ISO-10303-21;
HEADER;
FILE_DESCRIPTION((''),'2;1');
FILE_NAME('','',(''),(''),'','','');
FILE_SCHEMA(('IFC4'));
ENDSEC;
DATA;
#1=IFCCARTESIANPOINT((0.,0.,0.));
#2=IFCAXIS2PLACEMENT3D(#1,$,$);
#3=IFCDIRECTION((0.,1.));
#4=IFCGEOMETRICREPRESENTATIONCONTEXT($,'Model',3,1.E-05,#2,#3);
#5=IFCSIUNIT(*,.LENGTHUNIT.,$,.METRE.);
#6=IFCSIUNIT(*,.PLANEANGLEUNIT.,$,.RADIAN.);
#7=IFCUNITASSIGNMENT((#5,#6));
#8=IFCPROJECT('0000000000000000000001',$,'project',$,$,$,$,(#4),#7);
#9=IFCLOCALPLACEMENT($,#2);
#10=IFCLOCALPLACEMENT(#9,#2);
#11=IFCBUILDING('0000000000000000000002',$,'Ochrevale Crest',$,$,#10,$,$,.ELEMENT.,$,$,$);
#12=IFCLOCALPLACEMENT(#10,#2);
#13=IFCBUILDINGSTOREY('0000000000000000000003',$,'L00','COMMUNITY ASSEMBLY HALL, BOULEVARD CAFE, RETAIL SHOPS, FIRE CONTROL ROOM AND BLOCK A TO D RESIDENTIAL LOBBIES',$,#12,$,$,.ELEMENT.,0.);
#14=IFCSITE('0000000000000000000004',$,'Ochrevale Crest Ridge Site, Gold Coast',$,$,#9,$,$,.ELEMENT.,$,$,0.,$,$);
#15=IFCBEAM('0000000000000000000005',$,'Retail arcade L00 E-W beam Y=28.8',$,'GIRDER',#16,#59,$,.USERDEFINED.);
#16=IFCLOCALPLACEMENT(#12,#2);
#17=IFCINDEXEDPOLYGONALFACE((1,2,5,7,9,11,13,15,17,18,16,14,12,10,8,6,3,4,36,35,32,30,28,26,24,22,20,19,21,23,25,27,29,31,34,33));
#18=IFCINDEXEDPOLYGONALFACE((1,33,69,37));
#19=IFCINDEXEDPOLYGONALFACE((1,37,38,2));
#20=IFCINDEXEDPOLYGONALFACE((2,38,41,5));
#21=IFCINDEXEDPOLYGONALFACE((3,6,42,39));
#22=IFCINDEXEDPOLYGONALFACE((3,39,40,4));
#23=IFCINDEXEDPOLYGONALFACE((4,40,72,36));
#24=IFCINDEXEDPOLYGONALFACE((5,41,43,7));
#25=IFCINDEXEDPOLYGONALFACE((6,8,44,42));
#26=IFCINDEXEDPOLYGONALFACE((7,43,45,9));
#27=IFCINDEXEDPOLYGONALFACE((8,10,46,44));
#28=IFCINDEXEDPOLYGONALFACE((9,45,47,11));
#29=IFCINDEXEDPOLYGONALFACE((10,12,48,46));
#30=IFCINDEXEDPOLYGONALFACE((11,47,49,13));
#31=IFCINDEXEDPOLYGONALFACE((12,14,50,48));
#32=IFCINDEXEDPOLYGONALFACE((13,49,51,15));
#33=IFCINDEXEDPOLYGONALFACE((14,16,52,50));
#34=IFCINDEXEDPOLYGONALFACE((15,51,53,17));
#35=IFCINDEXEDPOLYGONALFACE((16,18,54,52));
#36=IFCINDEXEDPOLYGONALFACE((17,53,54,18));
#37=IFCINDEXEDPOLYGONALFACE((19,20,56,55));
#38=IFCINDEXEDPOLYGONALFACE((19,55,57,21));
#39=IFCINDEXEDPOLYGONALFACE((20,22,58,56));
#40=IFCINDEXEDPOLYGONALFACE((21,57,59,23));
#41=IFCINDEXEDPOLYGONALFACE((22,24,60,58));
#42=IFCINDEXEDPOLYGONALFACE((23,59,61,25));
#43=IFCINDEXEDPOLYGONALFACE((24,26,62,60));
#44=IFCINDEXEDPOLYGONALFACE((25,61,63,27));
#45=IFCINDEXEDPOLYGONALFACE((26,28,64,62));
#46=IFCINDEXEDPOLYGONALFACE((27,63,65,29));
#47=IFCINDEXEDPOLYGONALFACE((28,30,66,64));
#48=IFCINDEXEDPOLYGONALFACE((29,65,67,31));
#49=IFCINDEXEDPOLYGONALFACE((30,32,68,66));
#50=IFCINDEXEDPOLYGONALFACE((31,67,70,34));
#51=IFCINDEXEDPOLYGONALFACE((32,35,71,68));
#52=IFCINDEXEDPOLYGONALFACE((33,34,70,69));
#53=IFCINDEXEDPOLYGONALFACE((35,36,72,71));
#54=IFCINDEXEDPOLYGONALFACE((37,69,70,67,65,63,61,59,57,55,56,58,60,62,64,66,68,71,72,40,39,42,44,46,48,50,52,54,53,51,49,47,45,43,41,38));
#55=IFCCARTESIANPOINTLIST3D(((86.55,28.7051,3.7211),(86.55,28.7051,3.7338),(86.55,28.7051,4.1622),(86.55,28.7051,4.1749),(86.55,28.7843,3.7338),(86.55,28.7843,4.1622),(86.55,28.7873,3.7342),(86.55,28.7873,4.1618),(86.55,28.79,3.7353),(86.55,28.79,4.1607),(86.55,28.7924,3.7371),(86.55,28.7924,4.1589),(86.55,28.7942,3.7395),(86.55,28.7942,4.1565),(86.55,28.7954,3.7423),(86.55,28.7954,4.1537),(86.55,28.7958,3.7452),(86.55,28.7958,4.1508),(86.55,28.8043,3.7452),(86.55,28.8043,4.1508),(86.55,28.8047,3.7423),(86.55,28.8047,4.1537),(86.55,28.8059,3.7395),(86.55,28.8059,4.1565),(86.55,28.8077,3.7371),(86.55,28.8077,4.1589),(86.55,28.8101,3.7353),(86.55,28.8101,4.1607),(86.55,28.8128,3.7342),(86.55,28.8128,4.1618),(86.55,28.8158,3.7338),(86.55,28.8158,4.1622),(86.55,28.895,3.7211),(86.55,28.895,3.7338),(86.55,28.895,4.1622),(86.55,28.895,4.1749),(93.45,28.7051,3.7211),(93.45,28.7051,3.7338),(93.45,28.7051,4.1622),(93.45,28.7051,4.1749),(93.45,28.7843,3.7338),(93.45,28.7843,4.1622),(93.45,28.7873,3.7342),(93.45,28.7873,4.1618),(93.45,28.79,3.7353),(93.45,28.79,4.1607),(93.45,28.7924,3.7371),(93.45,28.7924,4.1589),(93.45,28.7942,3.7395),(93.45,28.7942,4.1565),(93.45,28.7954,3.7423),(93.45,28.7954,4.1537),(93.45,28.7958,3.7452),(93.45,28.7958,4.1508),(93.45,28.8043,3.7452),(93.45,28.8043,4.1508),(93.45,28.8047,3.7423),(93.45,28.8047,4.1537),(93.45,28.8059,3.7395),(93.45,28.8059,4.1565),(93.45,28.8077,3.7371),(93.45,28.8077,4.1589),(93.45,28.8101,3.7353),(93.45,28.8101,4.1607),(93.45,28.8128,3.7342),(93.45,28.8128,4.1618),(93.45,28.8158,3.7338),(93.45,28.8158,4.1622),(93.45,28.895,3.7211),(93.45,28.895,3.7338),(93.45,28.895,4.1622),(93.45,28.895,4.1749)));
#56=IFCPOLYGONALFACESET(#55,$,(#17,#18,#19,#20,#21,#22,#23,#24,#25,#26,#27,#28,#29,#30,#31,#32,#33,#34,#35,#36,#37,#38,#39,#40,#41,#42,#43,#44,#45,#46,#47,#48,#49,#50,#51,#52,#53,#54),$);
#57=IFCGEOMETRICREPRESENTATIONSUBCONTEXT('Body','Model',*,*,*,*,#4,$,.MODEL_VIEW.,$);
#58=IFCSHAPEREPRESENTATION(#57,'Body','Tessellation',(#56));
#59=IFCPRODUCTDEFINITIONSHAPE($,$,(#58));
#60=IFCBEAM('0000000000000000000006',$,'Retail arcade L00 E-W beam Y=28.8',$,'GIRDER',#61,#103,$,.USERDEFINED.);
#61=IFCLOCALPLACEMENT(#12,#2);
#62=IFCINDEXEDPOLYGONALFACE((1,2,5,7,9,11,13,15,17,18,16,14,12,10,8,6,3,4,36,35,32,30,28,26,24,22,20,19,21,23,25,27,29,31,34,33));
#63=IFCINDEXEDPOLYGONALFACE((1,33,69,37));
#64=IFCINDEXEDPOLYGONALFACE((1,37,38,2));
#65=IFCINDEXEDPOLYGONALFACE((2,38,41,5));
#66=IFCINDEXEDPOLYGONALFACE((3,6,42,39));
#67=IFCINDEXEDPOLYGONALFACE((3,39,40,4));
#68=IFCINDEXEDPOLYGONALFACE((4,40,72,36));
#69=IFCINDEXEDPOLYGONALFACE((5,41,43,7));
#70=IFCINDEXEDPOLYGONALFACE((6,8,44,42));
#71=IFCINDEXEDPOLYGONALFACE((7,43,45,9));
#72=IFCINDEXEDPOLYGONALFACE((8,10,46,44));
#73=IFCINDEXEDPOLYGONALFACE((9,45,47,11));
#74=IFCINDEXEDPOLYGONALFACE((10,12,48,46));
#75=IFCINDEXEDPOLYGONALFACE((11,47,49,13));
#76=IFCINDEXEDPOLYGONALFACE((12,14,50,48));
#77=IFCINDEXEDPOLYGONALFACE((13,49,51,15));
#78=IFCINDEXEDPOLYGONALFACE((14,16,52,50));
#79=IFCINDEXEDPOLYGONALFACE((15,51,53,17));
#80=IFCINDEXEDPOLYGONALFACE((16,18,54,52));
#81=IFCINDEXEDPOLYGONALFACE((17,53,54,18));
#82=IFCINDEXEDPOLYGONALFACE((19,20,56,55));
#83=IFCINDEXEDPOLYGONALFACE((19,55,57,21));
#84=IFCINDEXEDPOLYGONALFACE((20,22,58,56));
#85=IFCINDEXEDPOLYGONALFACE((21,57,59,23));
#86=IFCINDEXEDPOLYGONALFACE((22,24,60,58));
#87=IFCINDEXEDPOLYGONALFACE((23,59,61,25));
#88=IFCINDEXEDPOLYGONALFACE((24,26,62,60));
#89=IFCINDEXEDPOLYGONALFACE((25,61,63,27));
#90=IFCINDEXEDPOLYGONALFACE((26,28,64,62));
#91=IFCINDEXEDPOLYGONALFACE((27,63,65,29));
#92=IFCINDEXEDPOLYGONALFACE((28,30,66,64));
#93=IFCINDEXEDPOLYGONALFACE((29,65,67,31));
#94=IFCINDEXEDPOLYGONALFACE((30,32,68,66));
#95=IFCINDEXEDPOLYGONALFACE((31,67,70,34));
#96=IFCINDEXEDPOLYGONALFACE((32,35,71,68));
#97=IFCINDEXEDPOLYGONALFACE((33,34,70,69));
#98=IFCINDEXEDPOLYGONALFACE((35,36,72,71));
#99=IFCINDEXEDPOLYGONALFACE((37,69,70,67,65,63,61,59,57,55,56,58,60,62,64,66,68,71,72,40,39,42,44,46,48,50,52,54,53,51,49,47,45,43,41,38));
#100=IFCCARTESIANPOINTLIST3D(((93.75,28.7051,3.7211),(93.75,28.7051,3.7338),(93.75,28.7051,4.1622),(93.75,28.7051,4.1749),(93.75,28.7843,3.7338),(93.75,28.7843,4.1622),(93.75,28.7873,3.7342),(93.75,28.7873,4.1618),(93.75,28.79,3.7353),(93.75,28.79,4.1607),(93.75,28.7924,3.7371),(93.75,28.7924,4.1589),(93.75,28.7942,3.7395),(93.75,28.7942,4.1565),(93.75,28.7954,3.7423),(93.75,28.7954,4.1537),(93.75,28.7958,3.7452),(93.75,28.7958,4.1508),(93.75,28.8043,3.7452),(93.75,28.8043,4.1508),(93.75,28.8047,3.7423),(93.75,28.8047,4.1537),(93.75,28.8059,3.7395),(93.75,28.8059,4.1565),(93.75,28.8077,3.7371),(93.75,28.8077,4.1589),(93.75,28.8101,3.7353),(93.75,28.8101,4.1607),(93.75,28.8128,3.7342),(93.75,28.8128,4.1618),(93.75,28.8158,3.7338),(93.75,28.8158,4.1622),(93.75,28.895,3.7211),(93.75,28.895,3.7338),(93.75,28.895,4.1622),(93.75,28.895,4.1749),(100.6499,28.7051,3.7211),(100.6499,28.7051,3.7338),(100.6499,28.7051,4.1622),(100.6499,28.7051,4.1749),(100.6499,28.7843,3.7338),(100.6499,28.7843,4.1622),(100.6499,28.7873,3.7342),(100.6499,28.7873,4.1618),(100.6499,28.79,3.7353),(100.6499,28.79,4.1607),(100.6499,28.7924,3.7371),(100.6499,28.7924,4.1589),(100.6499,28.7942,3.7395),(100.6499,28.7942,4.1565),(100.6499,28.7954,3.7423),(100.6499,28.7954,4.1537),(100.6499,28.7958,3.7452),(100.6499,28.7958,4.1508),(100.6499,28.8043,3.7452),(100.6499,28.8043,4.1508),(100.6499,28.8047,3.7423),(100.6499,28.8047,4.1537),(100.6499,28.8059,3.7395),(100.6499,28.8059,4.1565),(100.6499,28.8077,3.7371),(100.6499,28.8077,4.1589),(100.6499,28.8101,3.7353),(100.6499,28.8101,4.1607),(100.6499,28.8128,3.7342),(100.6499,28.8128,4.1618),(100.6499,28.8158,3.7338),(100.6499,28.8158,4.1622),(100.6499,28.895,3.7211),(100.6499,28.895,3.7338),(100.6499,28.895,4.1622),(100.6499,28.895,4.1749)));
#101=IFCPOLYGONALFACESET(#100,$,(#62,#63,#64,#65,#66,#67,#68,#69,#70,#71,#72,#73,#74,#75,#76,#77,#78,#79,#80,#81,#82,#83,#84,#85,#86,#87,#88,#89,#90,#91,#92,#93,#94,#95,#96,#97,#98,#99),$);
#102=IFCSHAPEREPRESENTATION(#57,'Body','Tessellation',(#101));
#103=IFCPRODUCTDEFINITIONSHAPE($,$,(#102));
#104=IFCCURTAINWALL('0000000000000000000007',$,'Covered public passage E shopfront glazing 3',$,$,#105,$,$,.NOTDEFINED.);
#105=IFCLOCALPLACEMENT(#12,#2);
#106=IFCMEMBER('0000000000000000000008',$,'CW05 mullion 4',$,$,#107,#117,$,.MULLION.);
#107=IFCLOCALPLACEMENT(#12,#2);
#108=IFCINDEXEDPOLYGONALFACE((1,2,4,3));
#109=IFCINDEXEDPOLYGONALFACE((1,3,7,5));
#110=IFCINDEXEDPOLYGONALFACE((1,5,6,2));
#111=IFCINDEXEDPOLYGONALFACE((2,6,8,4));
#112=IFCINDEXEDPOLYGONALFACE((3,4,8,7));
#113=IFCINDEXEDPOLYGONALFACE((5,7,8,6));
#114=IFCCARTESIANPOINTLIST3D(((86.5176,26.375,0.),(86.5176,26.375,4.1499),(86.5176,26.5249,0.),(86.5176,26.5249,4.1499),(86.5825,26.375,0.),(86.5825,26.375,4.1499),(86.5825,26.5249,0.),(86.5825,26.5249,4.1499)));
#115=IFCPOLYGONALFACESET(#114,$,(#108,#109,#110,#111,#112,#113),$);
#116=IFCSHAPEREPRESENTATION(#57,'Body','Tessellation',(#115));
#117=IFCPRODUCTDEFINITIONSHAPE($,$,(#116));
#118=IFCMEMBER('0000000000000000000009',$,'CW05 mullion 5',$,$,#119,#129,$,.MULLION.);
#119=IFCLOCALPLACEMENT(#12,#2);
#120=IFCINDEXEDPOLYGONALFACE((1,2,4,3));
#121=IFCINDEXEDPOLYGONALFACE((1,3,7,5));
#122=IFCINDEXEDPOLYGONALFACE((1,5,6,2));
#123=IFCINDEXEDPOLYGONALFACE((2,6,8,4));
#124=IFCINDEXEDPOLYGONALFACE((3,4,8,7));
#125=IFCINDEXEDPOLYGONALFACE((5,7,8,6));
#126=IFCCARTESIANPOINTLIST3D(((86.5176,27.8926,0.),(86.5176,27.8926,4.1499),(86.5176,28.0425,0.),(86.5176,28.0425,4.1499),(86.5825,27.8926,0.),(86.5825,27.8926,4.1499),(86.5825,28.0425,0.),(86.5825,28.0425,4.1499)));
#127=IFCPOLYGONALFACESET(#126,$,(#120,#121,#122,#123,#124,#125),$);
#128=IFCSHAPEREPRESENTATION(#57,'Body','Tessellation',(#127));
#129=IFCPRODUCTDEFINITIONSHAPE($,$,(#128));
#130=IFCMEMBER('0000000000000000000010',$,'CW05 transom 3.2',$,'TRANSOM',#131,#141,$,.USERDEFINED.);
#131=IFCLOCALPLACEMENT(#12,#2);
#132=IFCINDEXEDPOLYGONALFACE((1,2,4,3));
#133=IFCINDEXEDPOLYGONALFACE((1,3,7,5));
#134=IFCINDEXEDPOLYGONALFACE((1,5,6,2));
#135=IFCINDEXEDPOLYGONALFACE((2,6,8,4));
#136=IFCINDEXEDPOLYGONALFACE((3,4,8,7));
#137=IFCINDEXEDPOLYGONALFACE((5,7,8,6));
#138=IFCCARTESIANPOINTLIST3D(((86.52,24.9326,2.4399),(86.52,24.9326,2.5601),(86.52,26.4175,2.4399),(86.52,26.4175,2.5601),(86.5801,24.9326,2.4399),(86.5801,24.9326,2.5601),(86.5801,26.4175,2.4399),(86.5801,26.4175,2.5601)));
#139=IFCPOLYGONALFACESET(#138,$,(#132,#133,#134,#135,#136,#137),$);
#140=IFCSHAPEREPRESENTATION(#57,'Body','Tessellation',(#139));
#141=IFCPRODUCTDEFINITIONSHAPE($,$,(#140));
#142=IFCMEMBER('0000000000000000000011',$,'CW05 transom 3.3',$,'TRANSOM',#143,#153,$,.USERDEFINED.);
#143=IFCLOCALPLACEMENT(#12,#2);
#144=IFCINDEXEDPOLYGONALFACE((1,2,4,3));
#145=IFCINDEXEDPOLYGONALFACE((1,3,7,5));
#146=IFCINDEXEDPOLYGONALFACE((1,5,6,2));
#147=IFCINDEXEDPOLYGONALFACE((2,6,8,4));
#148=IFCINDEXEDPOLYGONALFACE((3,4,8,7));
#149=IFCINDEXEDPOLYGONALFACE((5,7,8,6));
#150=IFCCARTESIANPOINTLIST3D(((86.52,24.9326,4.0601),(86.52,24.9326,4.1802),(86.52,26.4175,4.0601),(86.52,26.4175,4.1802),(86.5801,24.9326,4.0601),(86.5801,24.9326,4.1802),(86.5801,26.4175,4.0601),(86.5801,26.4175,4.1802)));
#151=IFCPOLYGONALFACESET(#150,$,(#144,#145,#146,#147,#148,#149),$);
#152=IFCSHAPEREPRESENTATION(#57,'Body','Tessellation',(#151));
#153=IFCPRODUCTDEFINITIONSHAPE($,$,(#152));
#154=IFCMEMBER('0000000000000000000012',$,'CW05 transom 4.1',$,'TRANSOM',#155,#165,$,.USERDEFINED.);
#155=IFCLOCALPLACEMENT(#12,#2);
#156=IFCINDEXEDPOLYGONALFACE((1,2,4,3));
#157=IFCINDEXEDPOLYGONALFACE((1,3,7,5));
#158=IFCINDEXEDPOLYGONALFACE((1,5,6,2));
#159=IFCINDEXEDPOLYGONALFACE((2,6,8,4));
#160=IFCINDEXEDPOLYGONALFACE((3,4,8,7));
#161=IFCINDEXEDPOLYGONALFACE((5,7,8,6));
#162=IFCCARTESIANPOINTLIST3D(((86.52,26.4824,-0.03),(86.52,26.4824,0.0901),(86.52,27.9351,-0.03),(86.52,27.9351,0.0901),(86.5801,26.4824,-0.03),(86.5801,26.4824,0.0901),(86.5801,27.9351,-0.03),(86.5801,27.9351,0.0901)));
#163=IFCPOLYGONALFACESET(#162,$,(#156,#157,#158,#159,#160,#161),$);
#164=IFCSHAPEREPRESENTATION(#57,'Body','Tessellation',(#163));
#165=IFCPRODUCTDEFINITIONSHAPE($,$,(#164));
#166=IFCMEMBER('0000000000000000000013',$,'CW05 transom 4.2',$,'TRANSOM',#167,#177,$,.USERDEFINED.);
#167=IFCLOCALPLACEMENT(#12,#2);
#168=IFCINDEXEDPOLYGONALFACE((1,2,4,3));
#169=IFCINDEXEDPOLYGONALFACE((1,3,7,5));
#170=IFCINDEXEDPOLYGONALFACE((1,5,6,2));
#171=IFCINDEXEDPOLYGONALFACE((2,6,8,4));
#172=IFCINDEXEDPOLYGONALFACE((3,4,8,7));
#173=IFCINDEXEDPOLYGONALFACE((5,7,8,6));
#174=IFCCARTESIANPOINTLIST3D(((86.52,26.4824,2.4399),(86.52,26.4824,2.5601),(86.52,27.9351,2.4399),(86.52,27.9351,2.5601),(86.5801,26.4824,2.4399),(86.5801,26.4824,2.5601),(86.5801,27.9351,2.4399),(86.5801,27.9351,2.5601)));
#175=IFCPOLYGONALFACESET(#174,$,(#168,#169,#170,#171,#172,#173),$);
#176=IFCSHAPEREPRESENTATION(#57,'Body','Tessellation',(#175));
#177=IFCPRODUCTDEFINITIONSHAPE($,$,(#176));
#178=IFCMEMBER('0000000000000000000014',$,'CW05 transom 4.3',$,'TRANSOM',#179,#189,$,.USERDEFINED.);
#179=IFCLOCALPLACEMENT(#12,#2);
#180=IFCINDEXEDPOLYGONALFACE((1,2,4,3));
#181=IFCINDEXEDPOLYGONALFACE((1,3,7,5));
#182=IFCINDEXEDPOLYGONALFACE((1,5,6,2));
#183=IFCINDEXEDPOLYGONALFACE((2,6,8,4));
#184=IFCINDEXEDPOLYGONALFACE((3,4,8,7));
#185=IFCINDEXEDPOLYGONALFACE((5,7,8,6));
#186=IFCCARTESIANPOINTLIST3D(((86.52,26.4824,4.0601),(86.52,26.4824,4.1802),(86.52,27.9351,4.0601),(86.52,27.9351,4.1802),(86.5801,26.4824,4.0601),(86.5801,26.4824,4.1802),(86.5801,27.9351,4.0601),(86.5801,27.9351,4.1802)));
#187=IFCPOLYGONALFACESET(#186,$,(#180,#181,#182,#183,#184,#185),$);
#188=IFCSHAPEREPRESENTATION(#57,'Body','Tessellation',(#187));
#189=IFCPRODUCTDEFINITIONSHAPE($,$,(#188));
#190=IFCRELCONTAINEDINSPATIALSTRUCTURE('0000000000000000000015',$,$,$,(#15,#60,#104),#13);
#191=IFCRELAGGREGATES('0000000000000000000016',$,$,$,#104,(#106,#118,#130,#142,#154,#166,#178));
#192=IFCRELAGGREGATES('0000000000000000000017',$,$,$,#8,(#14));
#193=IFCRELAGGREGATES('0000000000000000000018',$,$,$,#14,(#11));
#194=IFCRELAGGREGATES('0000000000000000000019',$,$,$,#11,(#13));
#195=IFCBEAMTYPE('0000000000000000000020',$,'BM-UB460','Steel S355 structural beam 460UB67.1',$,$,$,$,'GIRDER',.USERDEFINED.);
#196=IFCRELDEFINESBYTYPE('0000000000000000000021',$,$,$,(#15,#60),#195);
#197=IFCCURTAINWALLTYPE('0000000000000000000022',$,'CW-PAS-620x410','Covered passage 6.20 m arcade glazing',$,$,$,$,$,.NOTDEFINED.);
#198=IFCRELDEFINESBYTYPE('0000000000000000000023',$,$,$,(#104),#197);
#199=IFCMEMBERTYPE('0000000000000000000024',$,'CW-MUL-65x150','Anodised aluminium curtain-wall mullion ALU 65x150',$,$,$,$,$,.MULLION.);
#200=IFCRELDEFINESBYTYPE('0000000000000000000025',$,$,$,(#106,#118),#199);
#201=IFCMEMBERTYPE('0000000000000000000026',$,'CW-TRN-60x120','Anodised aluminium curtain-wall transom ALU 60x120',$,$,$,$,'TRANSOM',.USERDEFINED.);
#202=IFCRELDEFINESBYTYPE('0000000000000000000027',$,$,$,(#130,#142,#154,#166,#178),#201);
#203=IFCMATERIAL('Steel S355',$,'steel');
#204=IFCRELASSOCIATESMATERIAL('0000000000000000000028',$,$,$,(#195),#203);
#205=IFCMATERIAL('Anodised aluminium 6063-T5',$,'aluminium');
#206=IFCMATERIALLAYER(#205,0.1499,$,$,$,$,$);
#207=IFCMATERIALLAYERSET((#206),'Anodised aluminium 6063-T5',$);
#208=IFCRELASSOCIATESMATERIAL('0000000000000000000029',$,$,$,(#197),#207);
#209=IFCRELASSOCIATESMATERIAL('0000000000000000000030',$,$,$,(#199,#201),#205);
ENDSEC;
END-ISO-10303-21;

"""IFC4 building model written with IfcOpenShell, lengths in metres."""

from ifc_helpers import new_model, si_unit, direction, frame, origin, origin_2d, place, context, subcontext, project, spatial, rectangle, i_section, extrude, material, layer, layer_set, material_profile, profile_set, type_object, element, aggregate, save


model = new_model("IFC4")

# Units and contexts
model_context = context("Model", 3, precision=1e-05, world=origin(), true_north=direction((0.0, 1.0)))
body_context = subcontext(model_context, "Body", "Model", "MODEL_VIEW")
ifc_project = project(units=[si_unit("LENGTHUNIT", "METRE"), si_unit("PLANEANGLEUNIT", "RADIAN")], contexts=[model_context])

# Site, building, storey
site_placement = place(None, origin())
site = spatial("IfcSite", under=ifc_project, at=site_placement, Name="Ochrevale Crest Ridge Site, Gold Coast", CompositionType="ELEMENT", RefElevation=0.0)
building_placement = place(site_placement, origin())
building = spatial("IfcBuilding", under=site, at=building_placement, Name="Ochrevale Crest", CompositionType="ELEMENT")
storey_placement = place(building_placement, origin())
storey = spatial("IfcBuildingStorey", under=building, at=storey_placement, Name="L00", Description="COMMUNITY ASSEMBLY HALL, BOULEVARD CAFE, RETAIL SHOPS, FIRE CONTROL ROOM AND BLOCK A TO D RESIDENTIAL LOBBIES", CompositionType="ELEMENT", Elevation=0.0)

# Shared definitions
ifc_material_1 = material(Name="Steel S355", Category="steel")

# Beams
ifc_material_profile_1 = material_profile(ifc_material_1, i_section(OverallWidth=0.1899, OverallDepth=0.4539, WebThickness=0.0085, FlangeThickness=0.0127, FilletRadius=0.0115, at=origin_2d()), Name="460UB67.1")
ifc_profile_set_1 = profile_set([ifc_material_profile_1], Name="Steel S355")
beam_type_1 = type_object("IfcBeamType", Name="BM-UB460", Description="Steel S355 structural beam 460UB67.1", ElementType="GIRDER", PredefinedType="USERDEFINED", material=ifc_profile_set_1)
for number, where, z_axis, x_axis, name in (
    (1, (86.55, 28.8, 3.948), (1.0, 0.0, 0.0), (0.0, 1.0, 0.0), "Retail arcade L00 E-W beam Y=28.8"),
    (2, (93.75, 28.8, 3.948), (1.0, 0.0, 0.0), (0.0, 1.0, 0.0), "Retail arcade L00 E-W beam Y=28.8"),
):
    element("IfcBeam", number, at=place(storey_placement, frame(where, z_axis=z_axis, x_axis=x_axis)), inside=storey, type_object=beam_type_1, Name=name, ObjectType="GIRDER", PredefinedType="USERDEFINED", context=body_context, shape_type="SweptSolid", body=[
        extrude(i_section(OverallWidth=0.1899, OverallDepth=0.4539, WebThickness=0.0085, FlangeThickness=0.0127, FilletRadius=0.0115, at=origin_2d()), origin(), (0.0, 0.0, 1.0), 6.8999),
    ])

# Curtain wall, members
ifc_material_2 = material(Name="Anodised aluminium 6063-T5", Category="aluminium")
ifc_layer_1 = layer(ifc_material_2, 0.1499)
ifc_layer_set_1 = layer_set([ifc_layer_1], Name="Anodised aluminium 6063-T5")
curtain_wall_type = type_object("IfcCurtainWallType", Name="CW-PAS-620x410", Description="Covered passage 6.20 m arcade glazing", PredefinedType="NOTDEFINED", material=ifc_layer_set_1)
curtain_wall_placement = place(storey_placement, origin())
curtain_wall = element("IfcCurtainWall", 3, at=curtain_wall_placement, inside=storey, type_object=curtain_wall_type, Name="Covered public passage E shopfront glazing 3", PredefinedType="NOTDEFINED")
ifc_material_profile_2 = material_profile(ifc_material_2, rectangle(XDim=0.0649, YDim=0.1499, at=origin_2d()), Name="ALU 65x150")
ifc_profile_set_2 = profile_set([ifc_material_profile_2], Name="Anodised aluminium 6063-T5")
member_type_1 = type_object("IfcMemberType", Name="CW-MUL-65x150", Description="Anodised aluminium curtain-wall mullion ALU 65x150", PredefinedType="MULLION", material=ifc_profile_set_2)
member_1_placement = place(storey_placement, frame((86.55, 26.45, 0.0), z_axis=(0.0, 0.0, 1.0), x_axis=(-1.0, 0.0, 0.0)))
member_1 = element("IfcMember", 4, at=member_1_placement, type_object=member_type_1, Name="CW05 mullion 4", PredefinedType="MULLION", context=body_context, shape_type="SweptSolid", body=[
    extrude(rectangle(XDim=0.0649, YDim=0.1499, at=origin_2d()), origin(), (0.0, 0.0, 1.0), 4.1499),
])
member_2_placement = place(storey_placement, frame((86.55, 27.9675, 0.0), z_axis=(0.0, 0.0, 1.0), x_axis=(-1.0, 0.0, 0.0)))
member_2 = element("IfcMember", 5, at=member_2_placement, type_object=member_type_1, Name="CW05 mullion 5", PredefinedType="MULLION", context=body_context, shape_type="SweptSolid", body=[
    extrude(rectangle(XDim=0.0649, YDim=0.1499, at=origin_2d()), origin(), (0.0, 0.0, 1.0), 4.1499),
])
ifc_material_profile_3 = material_profile(ifc_material_2, rectangle(XDim=0.0601, YDim=0.1201, at=origin_2d()), Name="ALU 60x120")
ifc_profile_set_3 = profile_set([ifc_material_profile_3], Name="Anodised aluminium 6063-T5")
member_type_2 = type_object("IfcMemberType", Name="CW-TRN-60x120", Description="Anodised aluminium curtain-wall transom ALU 60x120", ElementType="TRANSOM", PredefinedType="USERDEFINED", material=ifc_profile_set_3)
member_3_placement = place(storey_placement, frame((86.55, 24.9326, 2.5), z_axis=(0.0, 1.0, 0.0), x_axis=(-1.0, 0.0, 0.0)))
member_3 = element("IfcMember", 6, at=member_3_placement, type_object=member_type_2, Name="CW05 transom 3.2", ObjectType="TRANSOM", PredefinedType="USERDEFINED", context=body_context, shape_type="SweptSolid", body=[
    extrude(rectangle(XDim=0.0601, YDim=0.1201, at=origin_2d()), origin(), (0.0, 0.0, 1.0), 1.4849),
])
member_4_placement = place(storey_placement, frame((86.55, 24.9326, 4.1201), z_axis=(0.0, 1.0, 0.0), x_axis=(-1.0, 0.0, 0.0)))
member_4 = element("IfcMember", 7, at=member_4_placement, type_object=member_type_2, Name="CW05 transom 3.3", ObjectType="TRANSOM", PredefinedType="USERDEFINED", context=body_context, shape_type="SweptSolid", body=[
    extrude(rectangle(XDim=0.0601, YDim=0.1201, at=origin_2d()), origin(), (0.0, 0.0, 1.0), 1.4849),
])
member_5_placement = place(storey_placement, frame((86.55, 26.4824, 0.03), z_axis=(0.0, 1.0, 0.0), x_axis=(-1.0, 0.0, 0.0)))
member_5 = element("IfcMember", 8, at=member_5_placement, type_object=member_type_2, Name="CW05 transom 4.1", ObjectType="TRANSOM", PredefinedType="USERDEFINED", context=body_context, shape_type="SweptSolid", body=[
    extrude(rectangle(XDim=0.0601, YDim=0.1201, at=origin_2d()), origin(), (0.0, 0.0, 1.0), 1.4526),
])
member_6_placement = place(storey_placement, frame((86.55, 26.4824, 2.5), z_axis=(0.0, 1.0, 0.0), x_axis=(-1.0, 0.0, 0.0)))
member_6 = element("IfcMember", 9, at=member_6_placement, type_object=member_type_2, Name="CW05 transom 4.2", ObjectType="TRANSOM", PredefinedType="USERDEFINED", context=body_context, shape_type="SweptSolid", body=[
    extrude(rectangle(XDim=0.0601, YDim=0.1201, at=origin_2d()), origin(), (0.0, 0.0, 1.0), 1.4526),
])
member_7_placement = place(storey_placement, frame((86.55, 26.4824, 4.1201), z_axis=(0.0, 1.0, 0.0), x_axis=(-1.0, 0.0, 0.0)))
member_7 = element("IfcMember", 10, at=member_7_placement, type_object=member_type_2, Name="CW05 transom 4.3", ObjectType="TRANSOM", PredefinedType="USERDEFINED", context=body_context, shape_type="SweptSolid", body=[
    extrude(rectangle(XDim=0.0601, YDim=0.1201, at=origin_2d()), origin(), (0.0, 0.0, 1.0), 1.4526),
])
aggregate(curtain_wall, [member_1, member_2, member_3, member_4, member_5, member_6, member_7])

save(model, "model.ifc")
